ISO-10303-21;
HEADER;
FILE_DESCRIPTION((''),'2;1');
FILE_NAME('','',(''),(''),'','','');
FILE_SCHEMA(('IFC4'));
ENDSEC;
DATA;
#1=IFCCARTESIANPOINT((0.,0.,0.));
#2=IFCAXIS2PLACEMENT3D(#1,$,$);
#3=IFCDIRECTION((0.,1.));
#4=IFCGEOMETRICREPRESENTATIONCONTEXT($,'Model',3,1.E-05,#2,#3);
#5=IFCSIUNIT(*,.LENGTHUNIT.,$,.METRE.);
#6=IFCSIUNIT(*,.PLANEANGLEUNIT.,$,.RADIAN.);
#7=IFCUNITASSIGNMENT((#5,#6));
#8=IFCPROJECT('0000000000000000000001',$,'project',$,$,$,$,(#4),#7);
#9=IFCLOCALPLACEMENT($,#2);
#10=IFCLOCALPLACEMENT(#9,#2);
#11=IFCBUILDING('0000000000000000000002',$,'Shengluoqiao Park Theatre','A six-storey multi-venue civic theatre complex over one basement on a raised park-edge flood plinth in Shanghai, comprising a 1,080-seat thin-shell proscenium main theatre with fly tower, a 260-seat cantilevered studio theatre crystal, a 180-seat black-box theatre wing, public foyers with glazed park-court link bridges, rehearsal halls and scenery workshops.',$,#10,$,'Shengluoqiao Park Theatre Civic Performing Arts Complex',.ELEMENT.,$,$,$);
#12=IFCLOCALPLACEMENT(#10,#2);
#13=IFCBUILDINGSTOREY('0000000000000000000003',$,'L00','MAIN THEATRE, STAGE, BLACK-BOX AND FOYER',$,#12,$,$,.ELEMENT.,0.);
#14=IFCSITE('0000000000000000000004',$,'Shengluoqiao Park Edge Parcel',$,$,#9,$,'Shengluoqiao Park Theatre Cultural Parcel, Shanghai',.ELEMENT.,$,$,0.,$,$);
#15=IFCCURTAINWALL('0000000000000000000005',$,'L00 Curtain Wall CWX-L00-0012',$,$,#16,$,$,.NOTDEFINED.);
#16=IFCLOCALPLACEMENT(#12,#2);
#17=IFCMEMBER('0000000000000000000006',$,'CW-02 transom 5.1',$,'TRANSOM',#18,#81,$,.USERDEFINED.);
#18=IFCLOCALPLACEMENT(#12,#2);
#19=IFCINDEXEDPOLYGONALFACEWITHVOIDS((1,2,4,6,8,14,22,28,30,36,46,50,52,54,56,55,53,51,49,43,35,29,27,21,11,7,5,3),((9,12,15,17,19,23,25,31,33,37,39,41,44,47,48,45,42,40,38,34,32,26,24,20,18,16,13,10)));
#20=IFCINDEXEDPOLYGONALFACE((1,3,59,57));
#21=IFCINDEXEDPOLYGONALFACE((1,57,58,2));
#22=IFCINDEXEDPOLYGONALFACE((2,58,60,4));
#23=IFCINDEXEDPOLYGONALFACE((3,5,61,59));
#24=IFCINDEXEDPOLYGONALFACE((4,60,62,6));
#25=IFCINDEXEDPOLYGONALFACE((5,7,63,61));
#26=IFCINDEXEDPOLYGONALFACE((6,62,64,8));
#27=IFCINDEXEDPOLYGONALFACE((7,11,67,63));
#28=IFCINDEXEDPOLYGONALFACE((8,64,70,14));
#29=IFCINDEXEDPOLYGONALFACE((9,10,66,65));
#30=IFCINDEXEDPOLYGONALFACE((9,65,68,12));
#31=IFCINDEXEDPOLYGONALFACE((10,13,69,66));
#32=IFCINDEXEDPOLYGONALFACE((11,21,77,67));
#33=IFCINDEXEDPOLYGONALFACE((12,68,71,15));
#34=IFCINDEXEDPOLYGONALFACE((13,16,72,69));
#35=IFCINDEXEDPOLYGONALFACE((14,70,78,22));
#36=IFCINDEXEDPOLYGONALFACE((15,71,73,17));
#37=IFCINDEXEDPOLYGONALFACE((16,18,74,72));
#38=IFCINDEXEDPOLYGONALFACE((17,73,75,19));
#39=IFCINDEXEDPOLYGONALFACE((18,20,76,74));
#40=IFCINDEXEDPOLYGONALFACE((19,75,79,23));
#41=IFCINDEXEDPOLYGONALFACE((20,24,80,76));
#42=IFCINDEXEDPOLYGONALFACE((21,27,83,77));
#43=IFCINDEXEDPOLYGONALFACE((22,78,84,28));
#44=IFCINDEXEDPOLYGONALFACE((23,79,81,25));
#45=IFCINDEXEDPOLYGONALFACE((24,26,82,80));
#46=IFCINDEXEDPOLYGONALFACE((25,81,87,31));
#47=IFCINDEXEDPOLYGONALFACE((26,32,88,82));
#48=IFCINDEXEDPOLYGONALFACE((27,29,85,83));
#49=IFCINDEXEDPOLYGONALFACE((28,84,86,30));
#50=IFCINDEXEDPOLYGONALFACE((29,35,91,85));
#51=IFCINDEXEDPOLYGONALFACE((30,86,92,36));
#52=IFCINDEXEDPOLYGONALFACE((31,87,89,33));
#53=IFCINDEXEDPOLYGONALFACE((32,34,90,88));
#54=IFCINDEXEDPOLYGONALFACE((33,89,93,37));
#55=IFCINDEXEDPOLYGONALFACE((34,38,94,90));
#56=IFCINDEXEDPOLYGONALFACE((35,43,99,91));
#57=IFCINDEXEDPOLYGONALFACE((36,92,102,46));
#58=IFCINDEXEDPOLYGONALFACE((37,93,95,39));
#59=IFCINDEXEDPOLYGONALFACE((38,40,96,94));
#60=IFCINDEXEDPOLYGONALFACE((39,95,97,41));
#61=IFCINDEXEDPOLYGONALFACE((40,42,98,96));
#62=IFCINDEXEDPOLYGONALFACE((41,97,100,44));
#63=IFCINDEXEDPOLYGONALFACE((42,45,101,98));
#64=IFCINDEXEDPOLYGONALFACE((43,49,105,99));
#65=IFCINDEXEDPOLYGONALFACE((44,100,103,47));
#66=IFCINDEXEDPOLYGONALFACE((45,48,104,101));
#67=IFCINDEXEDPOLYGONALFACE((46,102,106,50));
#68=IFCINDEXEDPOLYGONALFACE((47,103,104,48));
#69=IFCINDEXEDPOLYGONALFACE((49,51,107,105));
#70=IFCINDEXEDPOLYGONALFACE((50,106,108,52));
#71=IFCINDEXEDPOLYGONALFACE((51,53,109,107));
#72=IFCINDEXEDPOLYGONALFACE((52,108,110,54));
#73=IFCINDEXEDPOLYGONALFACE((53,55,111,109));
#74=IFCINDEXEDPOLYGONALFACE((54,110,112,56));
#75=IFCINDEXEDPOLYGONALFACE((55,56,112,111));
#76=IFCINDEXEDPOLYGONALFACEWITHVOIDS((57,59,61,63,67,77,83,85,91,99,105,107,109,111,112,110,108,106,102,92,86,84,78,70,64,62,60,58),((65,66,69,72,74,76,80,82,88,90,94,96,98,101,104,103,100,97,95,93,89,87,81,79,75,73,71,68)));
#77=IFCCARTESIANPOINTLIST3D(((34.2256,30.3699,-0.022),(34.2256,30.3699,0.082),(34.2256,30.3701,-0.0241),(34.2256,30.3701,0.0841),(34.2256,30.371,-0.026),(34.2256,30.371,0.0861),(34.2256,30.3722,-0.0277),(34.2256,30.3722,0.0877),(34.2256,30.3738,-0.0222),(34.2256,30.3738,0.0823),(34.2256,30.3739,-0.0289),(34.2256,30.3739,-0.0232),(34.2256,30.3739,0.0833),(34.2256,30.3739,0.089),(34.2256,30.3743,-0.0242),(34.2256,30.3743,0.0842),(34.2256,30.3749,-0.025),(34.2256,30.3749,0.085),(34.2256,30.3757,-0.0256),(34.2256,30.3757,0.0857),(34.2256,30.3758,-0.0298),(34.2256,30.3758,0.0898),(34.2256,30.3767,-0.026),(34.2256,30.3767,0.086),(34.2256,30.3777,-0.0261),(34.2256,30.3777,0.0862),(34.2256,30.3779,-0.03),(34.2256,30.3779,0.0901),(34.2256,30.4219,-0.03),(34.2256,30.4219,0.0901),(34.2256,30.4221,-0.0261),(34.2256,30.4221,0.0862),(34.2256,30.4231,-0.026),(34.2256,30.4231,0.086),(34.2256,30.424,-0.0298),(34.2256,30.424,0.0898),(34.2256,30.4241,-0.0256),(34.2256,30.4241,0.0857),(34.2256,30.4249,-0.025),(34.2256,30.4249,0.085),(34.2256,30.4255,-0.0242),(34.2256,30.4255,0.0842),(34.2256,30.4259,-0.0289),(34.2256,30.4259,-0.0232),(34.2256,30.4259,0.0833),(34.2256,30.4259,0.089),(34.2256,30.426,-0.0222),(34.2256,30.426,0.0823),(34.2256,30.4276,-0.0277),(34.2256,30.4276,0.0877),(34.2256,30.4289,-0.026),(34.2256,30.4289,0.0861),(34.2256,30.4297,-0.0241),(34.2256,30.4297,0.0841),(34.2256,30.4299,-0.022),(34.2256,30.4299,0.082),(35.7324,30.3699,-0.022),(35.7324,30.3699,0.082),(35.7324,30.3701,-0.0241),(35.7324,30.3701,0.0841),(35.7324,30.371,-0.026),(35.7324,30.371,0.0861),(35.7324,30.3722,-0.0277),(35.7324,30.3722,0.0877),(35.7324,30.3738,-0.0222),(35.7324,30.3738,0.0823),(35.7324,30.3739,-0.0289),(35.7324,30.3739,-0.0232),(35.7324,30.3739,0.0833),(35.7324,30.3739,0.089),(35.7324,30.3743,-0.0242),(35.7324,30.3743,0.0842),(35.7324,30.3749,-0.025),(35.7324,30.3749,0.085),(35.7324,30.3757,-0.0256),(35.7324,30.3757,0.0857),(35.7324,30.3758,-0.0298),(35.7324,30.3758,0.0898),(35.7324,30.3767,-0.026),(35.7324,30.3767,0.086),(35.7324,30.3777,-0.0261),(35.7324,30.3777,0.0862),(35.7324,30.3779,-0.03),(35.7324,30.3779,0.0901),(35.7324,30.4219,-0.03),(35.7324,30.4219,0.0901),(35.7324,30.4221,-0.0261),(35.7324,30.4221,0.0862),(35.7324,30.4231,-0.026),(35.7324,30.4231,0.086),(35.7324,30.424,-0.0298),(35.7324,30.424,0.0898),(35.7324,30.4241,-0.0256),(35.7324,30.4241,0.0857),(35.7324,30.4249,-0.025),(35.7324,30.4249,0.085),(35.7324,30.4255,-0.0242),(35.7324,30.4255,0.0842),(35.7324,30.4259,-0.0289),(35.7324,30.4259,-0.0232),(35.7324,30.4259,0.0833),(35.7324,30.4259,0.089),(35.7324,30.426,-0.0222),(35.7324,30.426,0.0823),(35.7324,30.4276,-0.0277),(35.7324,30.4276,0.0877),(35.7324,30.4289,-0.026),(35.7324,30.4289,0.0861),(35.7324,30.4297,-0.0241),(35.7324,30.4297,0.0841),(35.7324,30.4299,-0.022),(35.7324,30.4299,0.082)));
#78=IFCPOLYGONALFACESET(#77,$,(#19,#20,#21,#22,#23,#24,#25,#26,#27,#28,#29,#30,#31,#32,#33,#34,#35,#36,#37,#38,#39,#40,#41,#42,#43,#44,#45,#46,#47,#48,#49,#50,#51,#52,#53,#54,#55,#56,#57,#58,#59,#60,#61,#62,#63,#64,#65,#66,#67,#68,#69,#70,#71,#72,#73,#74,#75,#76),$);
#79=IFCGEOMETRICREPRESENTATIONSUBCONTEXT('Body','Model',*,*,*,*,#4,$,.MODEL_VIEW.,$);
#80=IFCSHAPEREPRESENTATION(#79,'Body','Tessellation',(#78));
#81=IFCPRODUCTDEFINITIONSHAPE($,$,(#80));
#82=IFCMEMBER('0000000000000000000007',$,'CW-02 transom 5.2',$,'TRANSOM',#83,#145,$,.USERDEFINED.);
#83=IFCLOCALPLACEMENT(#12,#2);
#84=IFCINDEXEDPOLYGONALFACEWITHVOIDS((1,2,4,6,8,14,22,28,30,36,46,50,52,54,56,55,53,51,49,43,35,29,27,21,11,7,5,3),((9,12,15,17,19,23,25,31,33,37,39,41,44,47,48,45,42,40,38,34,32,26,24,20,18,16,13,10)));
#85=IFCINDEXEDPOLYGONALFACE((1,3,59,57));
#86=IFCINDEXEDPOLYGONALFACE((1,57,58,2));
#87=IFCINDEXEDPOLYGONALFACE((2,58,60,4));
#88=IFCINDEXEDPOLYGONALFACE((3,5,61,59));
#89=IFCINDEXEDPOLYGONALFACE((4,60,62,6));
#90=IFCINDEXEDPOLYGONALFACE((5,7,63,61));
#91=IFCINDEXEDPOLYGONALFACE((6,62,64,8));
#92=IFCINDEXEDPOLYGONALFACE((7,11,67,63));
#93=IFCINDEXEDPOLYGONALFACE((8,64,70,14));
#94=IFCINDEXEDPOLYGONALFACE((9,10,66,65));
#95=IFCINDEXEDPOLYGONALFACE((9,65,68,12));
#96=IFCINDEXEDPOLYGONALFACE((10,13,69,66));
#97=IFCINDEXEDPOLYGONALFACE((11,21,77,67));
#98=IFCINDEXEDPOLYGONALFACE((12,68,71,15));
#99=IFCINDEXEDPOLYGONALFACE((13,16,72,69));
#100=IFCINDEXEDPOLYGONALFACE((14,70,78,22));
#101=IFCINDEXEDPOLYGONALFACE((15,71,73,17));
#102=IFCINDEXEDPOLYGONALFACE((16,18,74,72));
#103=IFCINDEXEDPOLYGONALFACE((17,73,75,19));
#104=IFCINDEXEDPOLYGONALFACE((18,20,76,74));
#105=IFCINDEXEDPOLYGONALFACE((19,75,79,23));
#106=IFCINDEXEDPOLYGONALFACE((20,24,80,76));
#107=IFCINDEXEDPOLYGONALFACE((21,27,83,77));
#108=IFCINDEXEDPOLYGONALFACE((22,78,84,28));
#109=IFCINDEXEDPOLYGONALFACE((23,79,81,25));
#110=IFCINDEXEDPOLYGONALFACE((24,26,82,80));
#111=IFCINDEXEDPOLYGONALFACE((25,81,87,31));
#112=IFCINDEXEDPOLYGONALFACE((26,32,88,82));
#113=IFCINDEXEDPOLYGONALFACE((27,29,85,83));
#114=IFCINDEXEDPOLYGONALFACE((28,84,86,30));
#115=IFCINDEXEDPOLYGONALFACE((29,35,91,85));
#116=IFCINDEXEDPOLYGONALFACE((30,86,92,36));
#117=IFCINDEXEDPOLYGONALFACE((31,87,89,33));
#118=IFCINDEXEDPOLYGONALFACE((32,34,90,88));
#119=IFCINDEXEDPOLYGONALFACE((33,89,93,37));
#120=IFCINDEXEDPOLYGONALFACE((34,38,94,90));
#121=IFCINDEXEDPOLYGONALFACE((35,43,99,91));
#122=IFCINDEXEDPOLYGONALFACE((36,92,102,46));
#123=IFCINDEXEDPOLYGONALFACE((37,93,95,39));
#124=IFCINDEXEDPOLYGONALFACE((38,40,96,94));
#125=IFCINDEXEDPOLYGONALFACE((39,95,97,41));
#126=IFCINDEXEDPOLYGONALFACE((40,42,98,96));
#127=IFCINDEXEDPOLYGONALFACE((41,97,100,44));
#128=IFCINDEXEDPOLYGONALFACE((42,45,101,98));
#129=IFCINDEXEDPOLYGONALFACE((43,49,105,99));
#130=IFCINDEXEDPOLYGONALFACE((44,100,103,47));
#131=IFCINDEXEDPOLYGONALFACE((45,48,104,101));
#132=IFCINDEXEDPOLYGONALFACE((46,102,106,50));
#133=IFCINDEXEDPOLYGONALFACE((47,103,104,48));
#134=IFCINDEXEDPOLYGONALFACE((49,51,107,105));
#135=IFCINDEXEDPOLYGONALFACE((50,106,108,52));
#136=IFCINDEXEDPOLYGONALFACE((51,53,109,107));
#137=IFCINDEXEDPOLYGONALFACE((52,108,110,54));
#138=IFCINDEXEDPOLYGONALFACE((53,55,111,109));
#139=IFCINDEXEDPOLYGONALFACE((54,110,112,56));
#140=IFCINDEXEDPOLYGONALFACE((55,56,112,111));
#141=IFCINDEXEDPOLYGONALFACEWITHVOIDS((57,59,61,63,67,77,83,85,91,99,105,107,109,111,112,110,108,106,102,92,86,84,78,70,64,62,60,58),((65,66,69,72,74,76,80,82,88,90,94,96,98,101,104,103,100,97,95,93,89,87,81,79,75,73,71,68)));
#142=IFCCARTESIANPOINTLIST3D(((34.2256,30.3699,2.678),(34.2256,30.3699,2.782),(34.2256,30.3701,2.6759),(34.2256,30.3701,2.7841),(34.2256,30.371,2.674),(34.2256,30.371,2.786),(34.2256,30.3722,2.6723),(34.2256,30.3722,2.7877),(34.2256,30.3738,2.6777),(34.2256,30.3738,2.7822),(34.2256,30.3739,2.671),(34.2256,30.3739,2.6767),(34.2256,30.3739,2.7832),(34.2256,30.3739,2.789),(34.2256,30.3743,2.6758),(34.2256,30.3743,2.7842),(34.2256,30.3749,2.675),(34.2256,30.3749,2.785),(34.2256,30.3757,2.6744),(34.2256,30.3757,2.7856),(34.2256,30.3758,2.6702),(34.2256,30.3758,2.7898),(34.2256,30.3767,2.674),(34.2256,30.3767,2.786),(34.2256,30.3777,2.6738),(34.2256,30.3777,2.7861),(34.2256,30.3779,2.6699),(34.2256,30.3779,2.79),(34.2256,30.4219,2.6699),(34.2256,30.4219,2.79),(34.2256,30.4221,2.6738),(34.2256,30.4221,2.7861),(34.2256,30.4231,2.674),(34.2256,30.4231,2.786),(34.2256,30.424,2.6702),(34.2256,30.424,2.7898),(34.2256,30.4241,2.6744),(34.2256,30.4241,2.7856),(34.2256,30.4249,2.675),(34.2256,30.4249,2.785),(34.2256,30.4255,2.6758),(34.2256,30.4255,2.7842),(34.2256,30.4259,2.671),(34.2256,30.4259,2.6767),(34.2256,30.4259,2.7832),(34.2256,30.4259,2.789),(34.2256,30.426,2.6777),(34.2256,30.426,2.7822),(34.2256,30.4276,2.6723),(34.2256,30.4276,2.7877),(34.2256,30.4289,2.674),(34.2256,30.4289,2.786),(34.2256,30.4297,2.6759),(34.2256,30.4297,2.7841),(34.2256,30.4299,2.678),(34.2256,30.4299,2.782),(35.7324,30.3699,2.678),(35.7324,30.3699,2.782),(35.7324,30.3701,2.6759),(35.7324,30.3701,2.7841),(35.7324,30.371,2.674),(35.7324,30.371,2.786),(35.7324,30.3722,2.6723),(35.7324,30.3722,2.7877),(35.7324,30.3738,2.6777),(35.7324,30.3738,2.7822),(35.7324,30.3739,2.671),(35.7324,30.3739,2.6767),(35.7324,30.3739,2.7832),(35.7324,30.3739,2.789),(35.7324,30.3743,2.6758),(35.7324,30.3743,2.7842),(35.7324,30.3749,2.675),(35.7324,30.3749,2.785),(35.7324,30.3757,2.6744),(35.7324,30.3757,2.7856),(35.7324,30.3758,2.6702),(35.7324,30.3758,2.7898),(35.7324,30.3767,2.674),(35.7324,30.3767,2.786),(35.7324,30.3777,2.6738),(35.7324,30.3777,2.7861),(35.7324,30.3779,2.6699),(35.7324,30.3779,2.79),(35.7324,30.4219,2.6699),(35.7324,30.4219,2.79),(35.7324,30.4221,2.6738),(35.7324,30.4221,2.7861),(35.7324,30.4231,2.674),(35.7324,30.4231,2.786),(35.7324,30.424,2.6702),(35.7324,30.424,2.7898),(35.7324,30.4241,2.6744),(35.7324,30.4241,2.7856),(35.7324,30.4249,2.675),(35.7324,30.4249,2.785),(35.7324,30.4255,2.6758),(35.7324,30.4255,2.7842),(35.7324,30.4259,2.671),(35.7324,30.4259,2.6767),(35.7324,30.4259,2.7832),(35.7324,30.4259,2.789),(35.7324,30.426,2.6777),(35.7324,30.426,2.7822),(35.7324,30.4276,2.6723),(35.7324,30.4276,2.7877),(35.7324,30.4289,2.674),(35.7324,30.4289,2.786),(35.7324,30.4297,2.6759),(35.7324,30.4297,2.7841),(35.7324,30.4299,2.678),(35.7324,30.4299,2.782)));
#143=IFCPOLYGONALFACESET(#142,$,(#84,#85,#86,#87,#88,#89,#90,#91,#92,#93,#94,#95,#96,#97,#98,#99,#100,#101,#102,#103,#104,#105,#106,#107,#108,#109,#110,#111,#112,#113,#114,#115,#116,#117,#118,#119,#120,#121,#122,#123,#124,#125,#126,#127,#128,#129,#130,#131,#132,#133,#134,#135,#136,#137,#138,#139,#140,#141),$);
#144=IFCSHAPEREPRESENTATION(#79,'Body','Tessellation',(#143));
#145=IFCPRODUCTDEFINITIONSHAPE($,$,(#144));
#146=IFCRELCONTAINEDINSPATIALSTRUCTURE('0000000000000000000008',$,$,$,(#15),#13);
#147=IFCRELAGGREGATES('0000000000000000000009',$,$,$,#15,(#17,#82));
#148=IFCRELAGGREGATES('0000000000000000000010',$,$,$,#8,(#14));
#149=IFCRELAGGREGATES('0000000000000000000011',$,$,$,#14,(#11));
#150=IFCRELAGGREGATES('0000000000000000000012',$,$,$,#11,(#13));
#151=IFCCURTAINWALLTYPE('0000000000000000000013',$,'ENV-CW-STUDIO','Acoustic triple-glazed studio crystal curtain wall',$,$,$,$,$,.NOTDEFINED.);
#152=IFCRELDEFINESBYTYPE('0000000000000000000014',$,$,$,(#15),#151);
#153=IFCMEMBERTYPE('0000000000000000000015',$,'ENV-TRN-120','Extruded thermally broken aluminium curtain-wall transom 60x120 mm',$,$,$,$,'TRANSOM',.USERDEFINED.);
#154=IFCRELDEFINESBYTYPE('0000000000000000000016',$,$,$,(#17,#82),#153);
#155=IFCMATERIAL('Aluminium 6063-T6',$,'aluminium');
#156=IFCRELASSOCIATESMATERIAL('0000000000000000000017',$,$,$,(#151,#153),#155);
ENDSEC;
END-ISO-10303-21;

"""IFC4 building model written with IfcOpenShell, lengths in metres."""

from ifc_helpers import new_model, si_unit, direction, frame, origin, origin_2d, place, context, subcontext, project, spatial, hollow_rectangle, extrude, material, material_profile, profile_set, type_object, element, aggregate, save


model = new_model("IFC4")

# Units and contexts
model_context = context("Model", 3, precision=1e-05, world=origin(), true_north=direction((0.0, 1.0)))
body_context = subcontext(model_context, "Body", "Model", "MODEL_VIEW")
ifc_project = project(units=[si_unit("LENGTHUNIT", "METRE"), si_unit("PLANEANGLEUNIT", "RADIAN")], contexts=[model_context])

# Site, building, storey
site_placement = place(None, origin())
site = spatial("IfcSite", under=ifc_project, at=site_placement, Name="Shengluoqiao Park Edge Parcel", LongName="Shengluoqiao Park Theatre Cultural Parcel, Shanghai", CompositionType="ELEMENT", RefElevation=0.0)
building_placement = place(site_placement, origin())
building = spatial("IfcBuilding", under=site, at=building_placement, Name="Shengluoqiao Park Theatre", Description="A six-storey multi-venue civic theatre complex over one basement on a raised park-edge flood plinth in Shanghai, comprising a 1,080-seat thin-shell proscenium main theatre with fly tower, a 260-seat cantilevered studio theatre crystal, a 180-seat black-box theatre wing, public foyers with glazed park-court link bridges, rehearsal halls and scenery workshops.", LongName="Shengluoqiao Park Theatre Civic Performing Arts Complex", CompositionType="ELEMENT")
storey_placement = place(building_placement, origin())
storey = spatial("IfcBuildingStorey", under=building, at=storey_placement, Name="L00", Description="MAIN THEATRE, STAGE, BLACK-BOX AND FOYER", CompositionType="ELEMENT", Elevation=0.0)

# Curtain wall
ifc_material_1 = material(Name="Aluminium 6063-T6", Category="aluminium")
curtain_wall_type_1 = type_object("IfcCurtainWallType", Name="ENV-CW-STUDIO", Description="Acoustic triple-glazed studio crystal curtain wall", PredefinedType="NOTDEFINED", material=ifc_material_1)
curtain_wall_1_placement = place(storey_placement, origin())
curtain_wall_1 = element("IfcCurtainWall", 1, at=curtain_wall_1_placement, inside=storey, type_object=curtain_wall_type_1, Name="L00 Curtain Wall CWX-L00-0012", PredefinedType="NOTDEFINED")

# Members
ifc_material_profile_1 = material_profile(ifc_material_1, hollow_rectangle(XDim=0.0601, YDim=0.1201, WallThickness=0.0039, InnerFilletRadius=0.0039, OuterFilletRadius=0.0081, at=origin_2d()), Name="ALU TRANSOM 120x60x4")
ifc_profile_set_1 = profile_set([ifc_material_profile_1], Name="Aluminium 6063-T6")
member_type_1 = type_object("IfcMemberType", Name="ENV-TRN-120", Description="Extruded thermally broken aluminium curtain-wall transom 60x120 mm", ElementType="TRANSOM", PredefinedType="USERDEFINED", material=ifc_profile_set_1)
member_1_placement = place(storey_placement, frame((34.2256, 30.3999, 0.03), z_axis=(1.0, 0.0, 0.0), x_axis=(0.0, 1.0, 0.0)))
member_1 = element("IfcMember", 2, at=member_1_placement, type_object=member_type_1, Name="CW-02 transom 5.1", ObjectType="TRANSOM", PredefinedType="USERDEFINED", context=body_context, shape_type="SweptSolid", body=[
    extrude(hollow_rectangle(XDim=0.0601, YDim=0.1201, WallThickness=0.0039, InnerFilletRadius=0.0039, OuterFilletRadius=0.0081, at=origin_2d()), origin(), (0.0, 0.0, 1.0), 1.5068),
])
member_2_placement = place(storey_placement, frame((34.2256, 30.3999, 2.73), z_axis=(1.0, 0.0, 0.0), x_axis=(0.0, 1.0, 0.0)))
member_2 = element("IfcMember", 3, at=member_2_placement, type_object=member_type_1, Name="CW-02 transom 5.2", ObjectType="TRANSOM", PredefinedType="USERDEFINED", context=body_context, shape_type="SweptSolid", body=[
    extrude(hollow_rectangle(XDim=0.0601, YDim=0.1201, WallThickness=0.0039, InnerFilletRadius=0.0039, OuterFilletRadius=0.0081, at=origin_2d()), origin(), (0.0, 0.0, 1.0), 1.5068),
])

aggregate(curtain_wall_1, [member_1, member_2])

save(model, "model.ifc")
